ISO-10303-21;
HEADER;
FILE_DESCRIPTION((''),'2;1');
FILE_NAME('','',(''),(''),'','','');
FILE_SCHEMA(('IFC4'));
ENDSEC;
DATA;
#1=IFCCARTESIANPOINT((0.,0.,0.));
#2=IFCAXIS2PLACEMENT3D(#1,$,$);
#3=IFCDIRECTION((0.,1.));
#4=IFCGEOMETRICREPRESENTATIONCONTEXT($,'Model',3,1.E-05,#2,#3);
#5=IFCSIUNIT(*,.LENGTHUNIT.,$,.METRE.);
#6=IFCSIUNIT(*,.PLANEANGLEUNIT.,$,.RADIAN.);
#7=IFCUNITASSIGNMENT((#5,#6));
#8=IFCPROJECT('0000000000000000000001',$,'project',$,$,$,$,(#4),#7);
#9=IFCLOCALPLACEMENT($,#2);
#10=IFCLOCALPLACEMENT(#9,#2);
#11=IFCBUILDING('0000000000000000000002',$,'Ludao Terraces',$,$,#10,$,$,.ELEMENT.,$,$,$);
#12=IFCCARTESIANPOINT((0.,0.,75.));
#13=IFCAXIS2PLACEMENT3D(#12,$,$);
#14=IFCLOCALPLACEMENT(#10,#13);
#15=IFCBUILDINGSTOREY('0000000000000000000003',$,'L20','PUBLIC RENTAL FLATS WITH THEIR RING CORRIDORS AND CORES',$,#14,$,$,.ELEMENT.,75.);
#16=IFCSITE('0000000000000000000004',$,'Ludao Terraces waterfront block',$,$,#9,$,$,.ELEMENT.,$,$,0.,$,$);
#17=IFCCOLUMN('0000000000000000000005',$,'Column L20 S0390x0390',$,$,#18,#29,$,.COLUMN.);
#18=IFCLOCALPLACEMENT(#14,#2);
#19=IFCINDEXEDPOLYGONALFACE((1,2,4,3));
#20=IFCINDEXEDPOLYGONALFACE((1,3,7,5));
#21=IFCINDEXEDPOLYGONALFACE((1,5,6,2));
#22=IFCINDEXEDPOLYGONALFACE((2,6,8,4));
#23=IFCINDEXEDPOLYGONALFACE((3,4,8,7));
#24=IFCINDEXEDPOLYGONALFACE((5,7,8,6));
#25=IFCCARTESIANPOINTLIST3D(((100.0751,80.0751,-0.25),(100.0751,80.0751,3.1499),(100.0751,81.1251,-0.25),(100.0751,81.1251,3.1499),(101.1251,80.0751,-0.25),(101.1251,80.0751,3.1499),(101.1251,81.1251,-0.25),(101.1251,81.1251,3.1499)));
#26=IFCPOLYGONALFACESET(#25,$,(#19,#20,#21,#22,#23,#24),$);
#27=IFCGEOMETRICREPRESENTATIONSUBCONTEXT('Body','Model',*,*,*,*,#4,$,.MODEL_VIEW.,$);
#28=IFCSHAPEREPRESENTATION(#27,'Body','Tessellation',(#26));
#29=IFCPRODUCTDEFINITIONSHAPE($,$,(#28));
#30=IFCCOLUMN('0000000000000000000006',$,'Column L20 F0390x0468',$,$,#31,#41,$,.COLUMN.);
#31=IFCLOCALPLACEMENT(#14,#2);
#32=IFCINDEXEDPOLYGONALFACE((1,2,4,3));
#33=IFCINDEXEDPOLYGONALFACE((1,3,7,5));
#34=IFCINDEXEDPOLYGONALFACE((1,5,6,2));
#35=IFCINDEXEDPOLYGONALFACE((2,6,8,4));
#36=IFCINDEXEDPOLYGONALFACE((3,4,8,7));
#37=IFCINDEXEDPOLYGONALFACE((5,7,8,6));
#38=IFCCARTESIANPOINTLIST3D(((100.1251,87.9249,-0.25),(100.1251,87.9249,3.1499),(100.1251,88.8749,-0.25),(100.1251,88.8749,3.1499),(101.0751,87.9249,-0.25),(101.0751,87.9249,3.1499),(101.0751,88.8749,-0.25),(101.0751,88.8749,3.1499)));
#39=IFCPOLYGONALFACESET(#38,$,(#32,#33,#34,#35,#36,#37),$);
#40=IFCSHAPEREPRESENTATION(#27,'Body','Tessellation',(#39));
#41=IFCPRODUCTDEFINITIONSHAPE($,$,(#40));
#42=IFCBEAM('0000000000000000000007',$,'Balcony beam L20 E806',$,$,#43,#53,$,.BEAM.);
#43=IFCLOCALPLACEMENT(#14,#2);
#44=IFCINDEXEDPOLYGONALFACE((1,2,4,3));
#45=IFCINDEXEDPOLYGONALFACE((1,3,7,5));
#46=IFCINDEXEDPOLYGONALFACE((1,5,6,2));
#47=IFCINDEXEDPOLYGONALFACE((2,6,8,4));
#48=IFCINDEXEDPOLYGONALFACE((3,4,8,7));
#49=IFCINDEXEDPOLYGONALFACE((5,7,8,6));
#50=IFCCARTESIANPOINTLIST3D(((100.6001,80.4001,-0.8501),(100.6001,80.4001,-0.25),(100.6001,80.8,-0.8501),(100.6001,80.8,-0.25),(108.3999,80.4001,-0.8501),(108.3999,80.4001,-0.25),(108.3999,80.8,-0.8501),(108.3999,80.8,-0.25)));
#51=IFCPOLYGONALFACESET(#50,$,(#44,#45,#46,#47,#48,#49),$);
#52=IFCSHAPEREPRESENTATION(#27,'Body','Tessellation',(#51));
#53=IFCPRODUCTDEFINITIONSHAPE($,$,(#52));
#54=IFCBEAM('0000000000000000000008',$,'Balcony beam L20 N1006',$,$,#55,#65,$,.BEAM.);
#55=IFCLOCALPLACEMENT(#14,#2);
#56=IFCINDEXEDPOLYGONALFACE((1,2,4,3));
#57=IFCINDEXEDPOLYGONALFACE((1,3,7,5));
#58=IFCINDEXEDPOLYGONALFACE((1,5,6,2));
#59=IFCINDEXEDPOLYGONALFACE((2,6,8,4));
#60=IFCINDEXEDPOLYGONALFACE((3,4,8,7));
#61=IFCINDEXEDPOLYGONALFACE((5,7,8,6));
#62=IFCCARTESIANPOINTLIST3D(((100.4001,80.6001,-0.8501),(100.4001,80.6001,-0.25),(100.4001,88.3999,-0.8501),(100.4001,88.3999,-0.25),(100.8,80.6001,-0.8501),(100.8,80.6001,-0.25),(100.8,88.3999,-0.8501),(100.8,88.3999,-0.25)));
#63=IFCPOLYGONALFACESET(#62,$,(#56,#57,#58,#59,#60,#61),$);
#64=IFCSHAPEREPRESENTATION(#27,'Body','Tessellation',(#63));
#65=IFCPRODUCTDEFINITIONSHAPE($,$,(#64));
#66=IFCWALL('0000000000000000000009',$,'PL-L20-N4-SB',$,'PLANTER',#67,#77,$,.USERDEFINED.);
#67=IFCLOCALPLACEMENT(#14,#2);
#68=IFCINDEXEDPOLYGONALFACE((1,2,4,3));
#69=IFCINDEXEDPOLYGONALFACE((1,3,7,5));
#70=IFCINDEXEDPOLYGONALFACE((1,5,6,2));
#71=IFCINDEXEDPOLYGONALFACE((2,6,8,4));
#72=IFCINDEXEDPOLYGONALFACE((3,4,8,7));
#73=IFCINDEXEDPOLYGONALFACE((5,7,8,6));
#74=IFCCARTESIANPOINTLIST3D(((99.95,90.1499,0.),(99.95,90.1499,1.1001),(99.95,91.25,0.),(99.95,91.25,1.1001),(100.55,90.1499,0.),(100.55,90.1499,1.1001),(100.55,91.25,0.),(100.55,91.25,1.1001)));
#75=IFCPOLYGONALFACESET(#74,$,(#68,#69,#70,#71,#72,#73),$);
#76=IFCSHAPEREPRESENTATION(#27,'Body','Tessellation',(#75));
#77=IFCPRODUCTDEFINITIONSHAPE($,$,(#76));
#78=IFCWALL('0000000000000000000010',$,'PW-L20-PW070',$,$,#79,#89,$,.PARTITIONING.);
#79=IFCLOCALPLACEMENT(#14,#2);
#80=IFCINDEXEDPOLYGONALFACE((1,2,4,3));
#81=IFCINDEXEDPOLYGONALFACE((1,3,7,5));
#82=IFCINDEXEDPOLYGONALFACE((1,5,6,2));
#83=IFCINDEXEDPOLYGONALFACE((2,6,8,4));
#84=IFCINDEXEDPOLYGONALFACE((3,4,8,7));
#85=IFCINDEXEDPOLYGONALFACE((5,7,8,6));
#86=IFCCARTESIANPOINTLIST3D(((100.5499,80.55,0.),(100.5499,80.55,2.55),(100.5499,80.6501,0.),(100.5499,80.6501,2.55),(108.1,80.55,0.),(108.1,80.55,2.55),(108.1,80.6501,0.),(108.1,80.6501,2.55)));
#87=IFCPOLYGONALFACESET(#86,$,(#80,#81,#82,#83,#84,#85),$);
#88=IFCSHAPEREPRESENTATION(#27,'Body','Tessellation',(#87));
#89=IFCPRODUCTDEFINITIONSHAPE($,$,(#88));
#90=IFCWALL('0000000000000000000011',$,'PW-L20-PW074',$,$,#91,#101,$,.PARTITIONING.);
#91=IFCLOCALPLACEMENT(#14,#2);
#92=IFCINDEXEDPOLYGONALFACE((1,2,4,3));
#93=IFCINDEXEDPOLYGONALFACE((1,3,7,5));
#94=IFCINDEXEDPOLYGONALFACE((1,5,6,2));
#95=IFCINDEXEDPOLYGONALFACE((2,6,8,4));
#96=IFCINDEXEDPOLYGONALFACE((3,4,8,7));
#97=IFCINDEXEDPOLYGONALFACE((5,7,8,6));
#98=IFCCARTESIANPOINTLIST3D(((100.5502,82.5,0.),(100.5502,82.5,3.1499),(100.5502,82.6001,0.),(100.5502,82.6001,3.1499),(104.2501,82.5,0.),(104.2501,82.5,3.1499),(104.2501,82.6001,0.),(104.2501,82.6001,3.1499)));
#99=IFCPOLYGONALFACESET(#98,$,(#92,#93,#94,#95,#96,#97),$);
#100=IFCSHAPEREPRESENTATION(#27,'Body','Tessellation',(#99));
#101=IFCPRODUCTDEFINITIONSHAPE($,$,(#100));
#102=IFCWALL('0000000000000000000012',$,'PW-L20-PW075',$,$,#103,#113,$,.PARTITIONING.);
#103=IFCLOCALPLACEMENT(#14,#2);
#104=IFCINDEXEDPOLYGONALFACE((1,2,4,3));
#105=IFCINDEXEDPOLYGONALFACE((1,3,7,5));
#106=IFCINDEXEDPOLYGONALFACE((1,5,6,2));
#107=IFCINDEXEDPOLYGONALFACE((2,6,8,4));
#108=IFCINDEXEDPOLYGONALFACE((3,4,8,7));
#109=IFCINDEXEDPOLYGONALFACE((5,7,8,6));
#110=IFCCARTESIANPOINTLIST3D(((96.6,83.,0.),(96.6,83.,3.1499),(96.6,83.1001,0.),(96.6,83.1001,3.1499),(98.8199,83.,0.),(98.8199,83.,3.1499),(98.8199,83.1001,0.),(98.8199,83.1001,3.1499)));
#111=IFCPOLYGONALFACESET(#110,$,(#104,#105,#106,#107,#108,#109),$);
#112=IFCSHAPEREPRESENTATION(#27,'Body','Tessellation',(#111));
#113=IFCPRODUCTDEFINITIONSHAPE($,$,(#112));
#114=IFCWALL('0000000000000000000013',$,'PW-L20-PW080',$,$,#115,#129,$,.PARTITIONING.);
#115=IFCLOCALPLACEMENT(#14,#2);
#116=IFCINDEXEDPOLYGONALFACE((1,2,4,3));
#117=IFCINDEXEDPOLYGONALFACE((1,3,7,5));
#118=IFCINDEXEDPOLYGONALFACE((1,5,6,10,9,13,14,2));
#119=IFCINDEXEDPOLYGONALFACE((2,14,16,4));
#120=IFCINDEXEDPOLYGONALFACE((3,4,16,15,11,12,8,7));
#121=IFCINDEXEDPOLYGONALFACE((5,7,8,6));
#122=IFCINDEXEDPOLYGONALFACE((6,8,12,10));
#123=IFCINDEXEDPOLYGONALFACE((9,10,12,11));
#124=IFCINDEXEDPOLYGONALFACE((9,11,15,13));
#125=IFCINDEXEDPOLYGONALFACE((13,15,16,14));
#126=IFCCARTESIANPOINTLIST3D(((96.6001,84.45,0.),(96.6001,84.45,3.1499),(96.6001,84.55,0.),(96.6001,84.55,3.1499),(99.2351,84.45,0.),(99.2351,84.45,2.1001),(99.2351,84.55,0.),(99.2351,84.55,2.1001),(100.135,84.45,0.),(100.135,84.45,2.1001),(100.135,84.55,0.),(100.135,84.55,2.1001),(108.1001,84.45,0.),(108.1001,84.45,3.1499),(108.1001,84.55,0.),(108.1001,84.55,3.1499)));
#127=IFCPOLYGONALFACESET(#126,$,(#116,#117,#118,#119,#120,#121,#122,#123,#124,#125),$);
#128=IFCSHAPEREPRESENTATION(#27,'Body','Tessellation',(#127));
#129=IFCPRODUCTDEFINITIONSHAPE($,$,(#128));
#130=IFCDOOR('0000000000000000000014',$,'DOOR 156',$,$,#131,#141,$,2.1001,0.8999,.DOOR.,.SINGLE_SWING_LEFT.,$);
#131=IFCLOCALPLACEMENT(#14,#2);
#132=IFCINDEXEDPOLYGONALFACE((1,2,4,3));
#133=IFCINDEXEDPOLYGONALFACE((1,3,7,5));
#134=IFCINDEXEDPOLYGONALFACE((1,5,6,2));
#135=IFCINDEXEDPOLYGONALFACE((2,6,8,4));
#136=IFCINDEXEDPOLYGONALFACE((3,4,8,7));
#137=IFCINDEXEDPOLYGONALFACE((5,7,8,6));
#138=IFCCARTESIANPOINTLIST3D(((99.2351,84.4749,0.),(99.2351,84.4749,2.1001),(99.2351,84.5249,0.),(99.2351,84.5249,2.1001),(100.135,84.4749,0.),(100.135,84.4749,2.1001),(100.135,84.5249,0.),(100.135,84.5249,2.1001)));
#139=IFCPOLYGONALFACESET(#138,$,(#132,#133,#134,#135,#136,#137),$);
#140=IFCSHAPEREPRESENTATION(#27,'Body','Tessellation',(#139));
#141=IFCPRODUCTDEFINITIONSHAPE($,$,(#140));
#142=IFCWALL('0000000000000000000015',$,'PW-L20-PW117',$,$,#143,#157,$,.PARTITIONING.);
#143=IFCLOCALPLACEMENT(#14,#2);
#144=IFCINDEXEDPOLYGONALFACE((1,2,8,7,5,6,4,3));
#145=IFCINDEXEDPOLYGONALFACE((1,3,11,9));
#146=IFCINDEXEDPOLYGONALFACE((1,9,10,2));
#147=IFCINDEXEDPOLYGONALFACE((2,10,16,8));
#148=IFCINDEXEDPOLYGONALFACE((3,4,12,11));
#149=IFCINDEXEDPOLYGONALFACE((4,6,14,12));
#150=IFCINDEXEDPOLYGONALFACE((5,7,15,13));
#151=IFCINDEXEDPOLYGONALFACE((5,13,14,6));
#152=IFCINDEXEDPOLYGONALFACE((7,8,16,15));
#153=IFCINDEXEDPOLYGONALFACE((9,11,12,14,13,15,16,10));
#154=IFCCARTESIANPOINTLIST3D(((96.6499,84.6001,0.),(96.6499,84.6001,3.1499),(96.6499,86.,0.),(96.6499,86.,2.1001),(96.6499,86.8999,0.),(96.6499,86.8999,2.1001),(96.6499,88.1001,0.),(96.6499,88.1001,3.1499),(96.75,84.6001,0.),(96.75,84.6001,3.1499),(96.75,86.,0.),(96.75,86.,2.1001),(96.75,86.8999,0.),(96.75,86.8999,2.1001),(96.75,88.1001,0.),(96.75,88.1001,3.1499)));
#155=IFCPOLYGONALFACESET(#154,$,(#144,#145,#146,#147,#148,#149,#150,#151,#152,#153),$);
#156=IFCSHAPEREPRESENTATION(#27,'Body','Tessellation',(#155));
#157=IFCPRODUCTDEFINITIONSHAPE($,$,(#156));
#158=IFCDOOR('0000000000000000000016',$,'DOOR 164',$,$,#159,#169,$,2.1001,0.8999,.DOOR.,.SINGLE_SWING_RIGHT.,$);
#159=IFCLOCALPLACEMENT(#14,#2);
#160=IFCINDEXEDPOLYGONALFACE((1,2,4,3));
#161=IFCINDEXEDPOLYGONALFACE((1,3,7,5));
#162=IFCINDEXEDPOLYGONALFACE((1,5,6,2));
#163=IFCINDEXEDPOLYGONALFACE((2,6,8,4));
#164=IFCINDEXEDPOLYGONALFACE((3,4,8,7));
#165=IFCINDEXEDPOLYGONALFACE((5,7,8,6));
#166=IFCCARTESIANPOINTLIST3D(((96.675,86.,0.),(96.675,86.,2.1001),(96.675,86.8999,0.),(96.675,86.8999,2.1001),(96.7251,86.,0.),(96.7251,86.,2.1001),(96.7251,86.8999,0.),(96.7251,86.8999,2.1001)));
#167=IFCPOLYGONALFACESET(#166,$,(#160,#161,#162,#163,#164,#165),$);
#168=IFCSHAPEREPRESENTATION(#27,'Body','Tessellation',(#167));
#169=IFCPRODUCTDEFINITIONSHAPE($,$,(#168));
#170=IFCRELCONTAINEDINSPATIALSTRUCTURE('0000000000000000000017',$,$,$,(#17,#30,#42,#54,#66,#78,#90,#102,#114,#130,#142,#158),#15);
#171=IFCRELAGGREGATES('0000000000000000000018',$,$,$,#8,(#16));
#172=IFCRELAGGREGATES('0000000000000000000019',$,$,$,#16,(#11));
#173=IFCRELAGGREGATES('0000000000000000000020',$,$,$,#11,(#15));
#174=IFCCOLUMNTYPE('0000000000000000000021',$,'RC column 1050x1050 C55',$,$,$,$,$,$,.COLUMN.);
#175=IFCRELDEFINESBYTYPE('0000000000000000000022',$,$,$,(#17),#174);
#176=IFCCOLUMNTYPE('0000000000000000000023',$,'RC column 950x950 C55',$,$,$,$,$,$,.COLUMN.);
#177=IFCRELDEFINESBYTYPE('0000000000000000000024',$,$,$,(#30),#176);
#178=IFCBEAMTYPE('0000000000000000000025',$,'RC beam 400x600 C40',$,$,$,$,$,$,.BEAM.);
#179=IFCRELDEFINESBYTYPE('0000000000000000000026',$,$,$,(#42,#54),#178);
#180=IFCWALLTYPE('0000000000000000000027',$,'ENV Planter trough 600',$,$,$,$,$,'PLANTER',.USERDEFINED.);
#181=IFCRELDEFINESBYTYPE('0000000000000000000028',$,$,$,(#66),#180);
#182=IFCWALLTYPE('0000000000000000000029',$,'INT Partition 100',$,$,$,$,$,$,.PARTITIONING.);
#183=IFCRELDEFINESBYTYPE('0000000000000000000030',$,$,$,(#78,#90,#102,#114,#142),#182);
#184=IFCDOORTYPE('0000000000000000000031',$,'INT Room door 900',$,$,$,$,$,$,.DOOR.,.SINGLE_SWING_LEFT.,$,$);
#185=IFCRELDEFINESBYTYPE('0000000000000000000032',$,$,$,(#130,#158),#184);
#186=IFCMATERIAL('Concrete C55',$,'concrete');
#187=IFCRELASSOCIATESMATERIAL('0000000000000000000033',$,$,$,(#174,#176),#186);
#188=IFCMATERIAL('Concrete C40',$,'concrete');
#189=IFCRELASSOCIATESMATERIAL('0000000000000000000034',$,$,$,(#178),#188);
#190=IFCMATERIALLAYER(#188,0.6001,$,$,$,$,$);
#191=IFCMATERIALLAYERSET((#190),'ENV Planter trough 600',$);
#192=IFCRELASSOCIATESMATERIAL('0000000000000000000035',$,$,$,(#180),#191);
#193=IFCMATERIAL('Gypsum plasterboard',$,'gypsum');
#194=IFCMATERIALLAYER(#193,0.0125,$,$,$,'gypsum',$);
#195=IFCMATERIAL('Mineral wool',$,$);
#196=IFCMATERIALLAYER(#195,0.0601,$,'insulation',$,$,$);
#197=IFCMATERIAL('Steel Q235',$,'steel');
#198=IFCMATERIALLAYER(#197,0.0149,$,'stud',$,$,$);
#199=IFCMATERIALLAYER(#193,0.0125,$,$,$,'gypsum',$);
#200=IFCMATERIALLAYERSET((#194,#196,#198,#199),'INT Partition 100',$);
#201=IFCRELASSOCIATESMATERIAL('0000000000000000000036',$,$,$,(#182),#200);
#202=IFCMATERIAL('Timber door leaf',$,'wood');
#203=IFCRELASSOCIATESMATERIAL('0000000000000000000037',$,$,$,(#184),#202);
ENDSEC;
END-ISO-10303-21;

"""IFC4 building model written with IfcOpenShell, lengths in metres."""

from ifc_helpers import new_model, si_unit, direction, frame, frame_2d, origin, origin_2d, place, context, subcontext, project, spatial, rectangle, extrude, material, layer, layer_set, material_profile, profile_set, type_object, element, fill, save


model = new_model("IFC4")

# Units and contexts
model_context = context("Model", 3, precision=1e-05, world=origin(), true_north=direction((0.0, 1.0)))
body_context = subcontext(model_context, "Body", "Model", "MODEL_VIEW")
ifc_project = project(units=[si_unit("LENGTHUNIT", "METRE"), si_unit("PLANEANGLEUNIT", "RADIAN")], contexts=[model_context])

# Site, building, storey
site_placement = place(None, origin())
site = spatial("IfcSite", under=ifc_project, at=site_placement, Name="Ludao Terraces waterfront block", CompositionType="ELEMENT", RefElevation=0.0)
building_placement = place(site_placement, origin())
building = spatial("IfcBuilding", under=site, at=building_placement, Name="Ludao Terraces", CompositionType="ELEMENT")
storey_placement = place(building_placement, frame((0.0, 0.0, 75.0)))
storey = spatial("IfcBuildingStorey", under=building, at=storey_placement, Name="L20", Description="PUBLIC RENTAL FLATS WITH THEIR RING CORRIDORS AND CORES", CompositionType="ELEMENT", Elevation=75.0)

# Columns
ifc_material_1 = material(Name="Concrete C55", Category="concrete")
ifc_material_profile_1 = material_profile(ifc_material_1, rectangle(XDim=1.05, YDim=1.05, at=origin_2d()), Name="1050 X 1050")
ifc_profile_set_1 = profile_set([ifc_material_profile_1], Name="Concrete C55")
column_type_1 = type_object("IfcColumnType", Name="RC column 1050x1050 C55", PredefinedType="COLUMN", material=ifc_profile_set_1)
column_1_placement = place(storey_placement, frame((100.6001, 80.6001, -0.25), z_axis=(0.0, 0.0, 1.0), x_axis=(1.0, 0.0, 0.0)))
element("IfcColumn", 1, at=column_1_placement, inside=storey, type_object=column_type_1, Name="Column L20 S0390x0390", PredefinedType="COLUMN", context=body_context, shape_type="SweptSolid", body=[
    extrude(rectangle(XDim=1.05, YDim=1.05, at=origin_2d()), origin(), (0.0, 0.0, 1.0), 3.3999),
])
ifc_material_profile_2 = material_profile(ifc_material_1, rectangle(XDim=0.95, YDim=0.95, at=origin_2d()), Name="950 X 950")
ifc_profile_set_2 = profile_set([ifc_material_profile_2], Name="Concrete C55")
column_type_2 = type_object("IfcColumnType", Name="RC column 950x950 C55", PredefinedType="COLUMN", material=ifc_profile_set_2)
column_2_placement = place(storey_placement, frame((100.6001, 88.3999, -0.25), z_axis=(0.0, 0.0, 1.0), x_axis=(1.0, 0.0, 0.0)))
element("IfcColumn", 2, at=column_2_placement, inside=storey, type_object=column_type_2, Name="Column L20 F0390x0468", PredefinedType="COLUMN", context=body_context, shape_type="SweptSolid", body=[
    extrude(rectangle(XDim=0.95, YDim=0.95, at=origin_2d()), origin(), (0.0, 0.0, 1.0), 3.3999),
])

# Beams
ifc_material_2 = material(Name="Concrete C40", Category="concrete")
ifc_material_profile_3 = material_profile(ifc_material_2, rectangle(XDim=0.3999, YDim=0.6001, at=origin_2d()), Name="400 X 600")
ifc_profile_set_3 = profile_set([ifc_material_profile_3], Name="Concrete C40")
beam_type = type_object("IfcBeamType", Name="RC beam 400x600 C40", PredefinedType="BEAM", material=ifc_profile_set_3)
for number, where, z_axis, x_axis, name in (
    (3, (100.6001, 80.6001, -0.55), (1.0, 0.0, 0.0), (0.0, 1.0, 0.0), "Balcony beam L20 E806"),
    (4, (100.6001, 80.6001, -0.55), (0.0, 1.0, 0.0), (-1.0, 0.0, 0.0), "Balcony beam L20 N1006"),
):
    element("IfcBeam", number, at=place(storey_placement, frame(where, z_axis=z_axis, x_axis=x_axis)), inside=storey, type_object=beam_type, Name=name, PredefinedType="BEAM", context=body_context, shape_type="SweptSolid", body=[
        extrude(rectangle(XDim=0.3999, YDim=0.6001, at=origin_2d()), origin(), (0.0, 0.0, 1.0), 7.7998),
    ])

# Walls
ifc_layer_1 = layer(ifc_material_2, 0.6001)
ifc_layer_set_1 = layer_set([ifc_layer_1], Name="ENV Planter trough 600")
wall_type_1 = type_object("IfcWallType", Name="ENV Planter trough 600", ElementType="PLANTER", PredefinedType="USERDEFINED", material=ifc_layer_set_1)
wall_1_placement = place(storey_placement, frame((100.25, 91.25, 0.0), z_axis=(0.0, 0.0, 1.0), x_axis=(0.0, -1.0, 0.0)))
element("IfcWall", 5, at=wall_1_placement, inside=storey, type_object=wall_type_1, Name="PL-L20-N4-SB", ObjectType="PLANTER", PredefinedType="USERDEFINED", context=body_context, shape_type="SweptSolid", body=[
    extrude(rectangle(XDim=1.1001, YDim=0.6001, at=frame_2d((0.55, 0.0))), origin(), (0.0, 0.0, 1.0), 1.1001),
])
ifc_material_3 = material(Name="Gypsum plasterboard", Category="gypsum")
ifc_layer_2 = layer(ifc_material_3, 0.0125, Category="gypsum")
ifc_material_4 = material(Name="Mineral wool")
ifc_layer_3 = layer(ifc_material_4, 0.0601, Name="insulation")
ifc_material_5 = material(Name="Steel Q235", Category="steel")
ifc_layer_4 = layer(ifc_material_5, 0.0149, Name="stud")
ifc_layer_5 = layer(ifc_material_3, 0.0125, Category="gypsum")
ifc_layer_set_2 = layer_set([ifc_layer_2, ifc_layer_3, ifc_layer_4, ifc_layer_5], Name="INT Partition 100")
wall_type_2 = type_object("IfcWallType", Name="INT Partition 100", PredefinedType="PARTITIONING", material=ifc_layer_set_2)
wall_2_placement = place(storey_placement, frame((100.55, 80.6001, 0.0), z_axis=(0.0, 0.0, 1.0), x_axis=(1.0, 0.0, 0.0)))
element("IfcWall", 6, at=wall_2_placement, inside=storey, type_object=wall_type_2, Name="PW-L20-PW070", PredefinedType="PARTITIONING", context=body_context, shape_type="SweptSolid", body=[
    extrude(rectangle(XDim=7.55, YDim=0.1001, at=frame_2d((3.7749, 0.0))), origin(), (0.0, 0.0, 1.0), 2.55),
])
wall_3_placement = place(storey_placement, frame((100.55, 82.55, 0.0), z_axis=(0.0, 0.0, 1.0), x_axis=(1.0, 0.0, 0.0)))
element("IfcWall", 7, at=wall_3_placement, inside=storey, type_object=wall_type_2, Name="PW-L20-PW074", PredefinedType="PARTITIONING", context=body_context, shape_type="SweptSolid", body=[
    extrude(rectangle(XDim=3.7, YDim=0.1001, at=frame_2d((1.8501, 0.0))), origin(), (0.0, 0.0, 1.0), 3.1499),
])
wall_4_placement = place(storey_placement, frame((96.6001, 83.05, 0.0), z_axis=(0.0, 0.0, 1.0), x_axis=(1.0, 0.0, 0.0)))
element("IfcWall", 8, at=wall_4_placement, inside=storey, type_object=wall_type_2, Name="PW-L20-PW075", PredefinedType="PARTITIONING", context=body_context, shape_type="SweptSolid", body=[
    extrude(rectangle(XDim=2.22, YDim=0.1001, at=frame_2d((1.1099, 0.0))), origin(), (0.0, 0.0, 1.0), 3.1499),
])

# Walls, openings, doors
wall_5_placement = place(storey_placement, frame((96.6001, 84.5, 0.0), z_axis=(0.0, 0.0, 1.0), x_axis=(1.0, 0.0, 0.0)))
wall_5 = element("IfcWall", 9, at=wall_5_placement, inside=storey, type_object=wall_type_2, Name="PW-L20-PW080", PredefinedType="PARTITIONING", context=body_context, shape_type="SweptSolid", body=[
    extrude(rectangle(XDim=11.5, YDim=0.1001, at=frame_2d((5.75, 0.0))), origin(), (0.0, 0.0, 1.0), 3.1499),
])
opening_1_placement = place(wall_5_placement, frame((2.635, 0.0, 0.0)))
opening_1 = element("IfcOpeningElement", 10, at=opening_1_placement, cuts=wall_5, PredefinedType="OPENING", context=body_context, shape_type="SweptSolid", body=[
    extrude(rectangle(XDim=0.8999, YDim=2.1001, at=frame_2d((0.45, 1.05))), frame((0.0, 0.0601, 0.0), z_axis=(0.0, -1.0, 0.0), x_axis=(1.0, 0.0, 0.0)), (0.0, 0.0, 1.0), 0.1201),
])
ifc_material_6 = material(Name="Timber door leaf", Category="wood")
door_type_1 = type_object("IfcDoorType", Name="INT Room door 900", OperationType="SINGLE_SWING_LEFT", PredefinedType="DOOR", material=ifc_material_6)
door_1_placement = place(opening_1_placement, origin())
door_1 = element("IfcDoor", 11, at=door_1_placement, inside=storey, type_object=door_type_1, Name="DOOR 156", OperationType="SINGLE_SWING_LEFT", OverallHeight=2.1001, OverallWidth=0.8999, PredefinedType="DOOR", context=body_context, shape_type="SweptSolid", body=[
    extrude(rectangle(XDim=0.8999, YDim=2.1001, at=frame_2d((0.45, 1.05))), frame((0.0, 0.0249, 0.0), z_axis=(0.0, -1.0, 0.0), x_axis=(1.0, 0.0, 0.0)), (0.0, 0.0, 1.0), 0.05),
])
fill(opening_1, door_1)
wall_6_placement = place(storey_placement, frame((96.7, 84.6001, 0.0), z_axis=(0.0, 0.0, 1.0), x_axis=(0.0, 1.0, 0.0)))
wall_6 = element("IfcWall", 12, at=wall_6_placement, inside=storey, type_object=wall_type_2, Name="PW-L20-PW117", PredefinedType="PARTITIONING", context=body_context, shape_type="SweptSolid", body=[
    extrude(rectangle(XDim=3.5, YDim=0.1001, at=frame_2d((1.75, 0.0))), origin(), (0.0, 0.0, 1.0), 3.1499),
])
opening_2_placement = place(wall_6_placement, frame((1.3999, 0.0, 0.0)))
opening_2 = element("IfcOpeningElement", 13, at=opening_2_placement, cuts=wall_6, PredefinedType="OPENING", context=body_context, shape_type="SweptSolid", body=[
    extrude(rectangle(XDim=0.8999, YDim=2.1001, at=frame_2d((0.45, 1.05))), frame((0.0, 0.0601, 0.0), z_axis=(0.0, -1.0, 0.0), x_axis=(1.0, 0.0, 0.0)), (0.0, 0.0, 1.0), 0.1201),
])
door_2_placement = place(opening_2_placement, origin())
door_2 = element("IfcDoor", 14, at=door_2_placement, inside=storey, type_object=door_type_1, Name="DOOR 164", OperationType="SINGLE_SWING_RIGHT", OverallHeight=2.1001, OverallWidth=0.8999, PredefinedType="DOOR", context=body_context, shape_type="SweptSolid", body=[
    extrude(rectangle(XDim=0.8999, YDim=2.1001, at=frame_2d((0.45, 1.05))), frame((0.0, 0.0249, 0.0), z_axis=(0.0, -1.0, 0.0), x_axis=(1.0, 0.0, 0.0)), (0.0, 0.0, 1.0), 0.05),
])
fill(opening_2, door_2)

save(model, "model.ifc")
